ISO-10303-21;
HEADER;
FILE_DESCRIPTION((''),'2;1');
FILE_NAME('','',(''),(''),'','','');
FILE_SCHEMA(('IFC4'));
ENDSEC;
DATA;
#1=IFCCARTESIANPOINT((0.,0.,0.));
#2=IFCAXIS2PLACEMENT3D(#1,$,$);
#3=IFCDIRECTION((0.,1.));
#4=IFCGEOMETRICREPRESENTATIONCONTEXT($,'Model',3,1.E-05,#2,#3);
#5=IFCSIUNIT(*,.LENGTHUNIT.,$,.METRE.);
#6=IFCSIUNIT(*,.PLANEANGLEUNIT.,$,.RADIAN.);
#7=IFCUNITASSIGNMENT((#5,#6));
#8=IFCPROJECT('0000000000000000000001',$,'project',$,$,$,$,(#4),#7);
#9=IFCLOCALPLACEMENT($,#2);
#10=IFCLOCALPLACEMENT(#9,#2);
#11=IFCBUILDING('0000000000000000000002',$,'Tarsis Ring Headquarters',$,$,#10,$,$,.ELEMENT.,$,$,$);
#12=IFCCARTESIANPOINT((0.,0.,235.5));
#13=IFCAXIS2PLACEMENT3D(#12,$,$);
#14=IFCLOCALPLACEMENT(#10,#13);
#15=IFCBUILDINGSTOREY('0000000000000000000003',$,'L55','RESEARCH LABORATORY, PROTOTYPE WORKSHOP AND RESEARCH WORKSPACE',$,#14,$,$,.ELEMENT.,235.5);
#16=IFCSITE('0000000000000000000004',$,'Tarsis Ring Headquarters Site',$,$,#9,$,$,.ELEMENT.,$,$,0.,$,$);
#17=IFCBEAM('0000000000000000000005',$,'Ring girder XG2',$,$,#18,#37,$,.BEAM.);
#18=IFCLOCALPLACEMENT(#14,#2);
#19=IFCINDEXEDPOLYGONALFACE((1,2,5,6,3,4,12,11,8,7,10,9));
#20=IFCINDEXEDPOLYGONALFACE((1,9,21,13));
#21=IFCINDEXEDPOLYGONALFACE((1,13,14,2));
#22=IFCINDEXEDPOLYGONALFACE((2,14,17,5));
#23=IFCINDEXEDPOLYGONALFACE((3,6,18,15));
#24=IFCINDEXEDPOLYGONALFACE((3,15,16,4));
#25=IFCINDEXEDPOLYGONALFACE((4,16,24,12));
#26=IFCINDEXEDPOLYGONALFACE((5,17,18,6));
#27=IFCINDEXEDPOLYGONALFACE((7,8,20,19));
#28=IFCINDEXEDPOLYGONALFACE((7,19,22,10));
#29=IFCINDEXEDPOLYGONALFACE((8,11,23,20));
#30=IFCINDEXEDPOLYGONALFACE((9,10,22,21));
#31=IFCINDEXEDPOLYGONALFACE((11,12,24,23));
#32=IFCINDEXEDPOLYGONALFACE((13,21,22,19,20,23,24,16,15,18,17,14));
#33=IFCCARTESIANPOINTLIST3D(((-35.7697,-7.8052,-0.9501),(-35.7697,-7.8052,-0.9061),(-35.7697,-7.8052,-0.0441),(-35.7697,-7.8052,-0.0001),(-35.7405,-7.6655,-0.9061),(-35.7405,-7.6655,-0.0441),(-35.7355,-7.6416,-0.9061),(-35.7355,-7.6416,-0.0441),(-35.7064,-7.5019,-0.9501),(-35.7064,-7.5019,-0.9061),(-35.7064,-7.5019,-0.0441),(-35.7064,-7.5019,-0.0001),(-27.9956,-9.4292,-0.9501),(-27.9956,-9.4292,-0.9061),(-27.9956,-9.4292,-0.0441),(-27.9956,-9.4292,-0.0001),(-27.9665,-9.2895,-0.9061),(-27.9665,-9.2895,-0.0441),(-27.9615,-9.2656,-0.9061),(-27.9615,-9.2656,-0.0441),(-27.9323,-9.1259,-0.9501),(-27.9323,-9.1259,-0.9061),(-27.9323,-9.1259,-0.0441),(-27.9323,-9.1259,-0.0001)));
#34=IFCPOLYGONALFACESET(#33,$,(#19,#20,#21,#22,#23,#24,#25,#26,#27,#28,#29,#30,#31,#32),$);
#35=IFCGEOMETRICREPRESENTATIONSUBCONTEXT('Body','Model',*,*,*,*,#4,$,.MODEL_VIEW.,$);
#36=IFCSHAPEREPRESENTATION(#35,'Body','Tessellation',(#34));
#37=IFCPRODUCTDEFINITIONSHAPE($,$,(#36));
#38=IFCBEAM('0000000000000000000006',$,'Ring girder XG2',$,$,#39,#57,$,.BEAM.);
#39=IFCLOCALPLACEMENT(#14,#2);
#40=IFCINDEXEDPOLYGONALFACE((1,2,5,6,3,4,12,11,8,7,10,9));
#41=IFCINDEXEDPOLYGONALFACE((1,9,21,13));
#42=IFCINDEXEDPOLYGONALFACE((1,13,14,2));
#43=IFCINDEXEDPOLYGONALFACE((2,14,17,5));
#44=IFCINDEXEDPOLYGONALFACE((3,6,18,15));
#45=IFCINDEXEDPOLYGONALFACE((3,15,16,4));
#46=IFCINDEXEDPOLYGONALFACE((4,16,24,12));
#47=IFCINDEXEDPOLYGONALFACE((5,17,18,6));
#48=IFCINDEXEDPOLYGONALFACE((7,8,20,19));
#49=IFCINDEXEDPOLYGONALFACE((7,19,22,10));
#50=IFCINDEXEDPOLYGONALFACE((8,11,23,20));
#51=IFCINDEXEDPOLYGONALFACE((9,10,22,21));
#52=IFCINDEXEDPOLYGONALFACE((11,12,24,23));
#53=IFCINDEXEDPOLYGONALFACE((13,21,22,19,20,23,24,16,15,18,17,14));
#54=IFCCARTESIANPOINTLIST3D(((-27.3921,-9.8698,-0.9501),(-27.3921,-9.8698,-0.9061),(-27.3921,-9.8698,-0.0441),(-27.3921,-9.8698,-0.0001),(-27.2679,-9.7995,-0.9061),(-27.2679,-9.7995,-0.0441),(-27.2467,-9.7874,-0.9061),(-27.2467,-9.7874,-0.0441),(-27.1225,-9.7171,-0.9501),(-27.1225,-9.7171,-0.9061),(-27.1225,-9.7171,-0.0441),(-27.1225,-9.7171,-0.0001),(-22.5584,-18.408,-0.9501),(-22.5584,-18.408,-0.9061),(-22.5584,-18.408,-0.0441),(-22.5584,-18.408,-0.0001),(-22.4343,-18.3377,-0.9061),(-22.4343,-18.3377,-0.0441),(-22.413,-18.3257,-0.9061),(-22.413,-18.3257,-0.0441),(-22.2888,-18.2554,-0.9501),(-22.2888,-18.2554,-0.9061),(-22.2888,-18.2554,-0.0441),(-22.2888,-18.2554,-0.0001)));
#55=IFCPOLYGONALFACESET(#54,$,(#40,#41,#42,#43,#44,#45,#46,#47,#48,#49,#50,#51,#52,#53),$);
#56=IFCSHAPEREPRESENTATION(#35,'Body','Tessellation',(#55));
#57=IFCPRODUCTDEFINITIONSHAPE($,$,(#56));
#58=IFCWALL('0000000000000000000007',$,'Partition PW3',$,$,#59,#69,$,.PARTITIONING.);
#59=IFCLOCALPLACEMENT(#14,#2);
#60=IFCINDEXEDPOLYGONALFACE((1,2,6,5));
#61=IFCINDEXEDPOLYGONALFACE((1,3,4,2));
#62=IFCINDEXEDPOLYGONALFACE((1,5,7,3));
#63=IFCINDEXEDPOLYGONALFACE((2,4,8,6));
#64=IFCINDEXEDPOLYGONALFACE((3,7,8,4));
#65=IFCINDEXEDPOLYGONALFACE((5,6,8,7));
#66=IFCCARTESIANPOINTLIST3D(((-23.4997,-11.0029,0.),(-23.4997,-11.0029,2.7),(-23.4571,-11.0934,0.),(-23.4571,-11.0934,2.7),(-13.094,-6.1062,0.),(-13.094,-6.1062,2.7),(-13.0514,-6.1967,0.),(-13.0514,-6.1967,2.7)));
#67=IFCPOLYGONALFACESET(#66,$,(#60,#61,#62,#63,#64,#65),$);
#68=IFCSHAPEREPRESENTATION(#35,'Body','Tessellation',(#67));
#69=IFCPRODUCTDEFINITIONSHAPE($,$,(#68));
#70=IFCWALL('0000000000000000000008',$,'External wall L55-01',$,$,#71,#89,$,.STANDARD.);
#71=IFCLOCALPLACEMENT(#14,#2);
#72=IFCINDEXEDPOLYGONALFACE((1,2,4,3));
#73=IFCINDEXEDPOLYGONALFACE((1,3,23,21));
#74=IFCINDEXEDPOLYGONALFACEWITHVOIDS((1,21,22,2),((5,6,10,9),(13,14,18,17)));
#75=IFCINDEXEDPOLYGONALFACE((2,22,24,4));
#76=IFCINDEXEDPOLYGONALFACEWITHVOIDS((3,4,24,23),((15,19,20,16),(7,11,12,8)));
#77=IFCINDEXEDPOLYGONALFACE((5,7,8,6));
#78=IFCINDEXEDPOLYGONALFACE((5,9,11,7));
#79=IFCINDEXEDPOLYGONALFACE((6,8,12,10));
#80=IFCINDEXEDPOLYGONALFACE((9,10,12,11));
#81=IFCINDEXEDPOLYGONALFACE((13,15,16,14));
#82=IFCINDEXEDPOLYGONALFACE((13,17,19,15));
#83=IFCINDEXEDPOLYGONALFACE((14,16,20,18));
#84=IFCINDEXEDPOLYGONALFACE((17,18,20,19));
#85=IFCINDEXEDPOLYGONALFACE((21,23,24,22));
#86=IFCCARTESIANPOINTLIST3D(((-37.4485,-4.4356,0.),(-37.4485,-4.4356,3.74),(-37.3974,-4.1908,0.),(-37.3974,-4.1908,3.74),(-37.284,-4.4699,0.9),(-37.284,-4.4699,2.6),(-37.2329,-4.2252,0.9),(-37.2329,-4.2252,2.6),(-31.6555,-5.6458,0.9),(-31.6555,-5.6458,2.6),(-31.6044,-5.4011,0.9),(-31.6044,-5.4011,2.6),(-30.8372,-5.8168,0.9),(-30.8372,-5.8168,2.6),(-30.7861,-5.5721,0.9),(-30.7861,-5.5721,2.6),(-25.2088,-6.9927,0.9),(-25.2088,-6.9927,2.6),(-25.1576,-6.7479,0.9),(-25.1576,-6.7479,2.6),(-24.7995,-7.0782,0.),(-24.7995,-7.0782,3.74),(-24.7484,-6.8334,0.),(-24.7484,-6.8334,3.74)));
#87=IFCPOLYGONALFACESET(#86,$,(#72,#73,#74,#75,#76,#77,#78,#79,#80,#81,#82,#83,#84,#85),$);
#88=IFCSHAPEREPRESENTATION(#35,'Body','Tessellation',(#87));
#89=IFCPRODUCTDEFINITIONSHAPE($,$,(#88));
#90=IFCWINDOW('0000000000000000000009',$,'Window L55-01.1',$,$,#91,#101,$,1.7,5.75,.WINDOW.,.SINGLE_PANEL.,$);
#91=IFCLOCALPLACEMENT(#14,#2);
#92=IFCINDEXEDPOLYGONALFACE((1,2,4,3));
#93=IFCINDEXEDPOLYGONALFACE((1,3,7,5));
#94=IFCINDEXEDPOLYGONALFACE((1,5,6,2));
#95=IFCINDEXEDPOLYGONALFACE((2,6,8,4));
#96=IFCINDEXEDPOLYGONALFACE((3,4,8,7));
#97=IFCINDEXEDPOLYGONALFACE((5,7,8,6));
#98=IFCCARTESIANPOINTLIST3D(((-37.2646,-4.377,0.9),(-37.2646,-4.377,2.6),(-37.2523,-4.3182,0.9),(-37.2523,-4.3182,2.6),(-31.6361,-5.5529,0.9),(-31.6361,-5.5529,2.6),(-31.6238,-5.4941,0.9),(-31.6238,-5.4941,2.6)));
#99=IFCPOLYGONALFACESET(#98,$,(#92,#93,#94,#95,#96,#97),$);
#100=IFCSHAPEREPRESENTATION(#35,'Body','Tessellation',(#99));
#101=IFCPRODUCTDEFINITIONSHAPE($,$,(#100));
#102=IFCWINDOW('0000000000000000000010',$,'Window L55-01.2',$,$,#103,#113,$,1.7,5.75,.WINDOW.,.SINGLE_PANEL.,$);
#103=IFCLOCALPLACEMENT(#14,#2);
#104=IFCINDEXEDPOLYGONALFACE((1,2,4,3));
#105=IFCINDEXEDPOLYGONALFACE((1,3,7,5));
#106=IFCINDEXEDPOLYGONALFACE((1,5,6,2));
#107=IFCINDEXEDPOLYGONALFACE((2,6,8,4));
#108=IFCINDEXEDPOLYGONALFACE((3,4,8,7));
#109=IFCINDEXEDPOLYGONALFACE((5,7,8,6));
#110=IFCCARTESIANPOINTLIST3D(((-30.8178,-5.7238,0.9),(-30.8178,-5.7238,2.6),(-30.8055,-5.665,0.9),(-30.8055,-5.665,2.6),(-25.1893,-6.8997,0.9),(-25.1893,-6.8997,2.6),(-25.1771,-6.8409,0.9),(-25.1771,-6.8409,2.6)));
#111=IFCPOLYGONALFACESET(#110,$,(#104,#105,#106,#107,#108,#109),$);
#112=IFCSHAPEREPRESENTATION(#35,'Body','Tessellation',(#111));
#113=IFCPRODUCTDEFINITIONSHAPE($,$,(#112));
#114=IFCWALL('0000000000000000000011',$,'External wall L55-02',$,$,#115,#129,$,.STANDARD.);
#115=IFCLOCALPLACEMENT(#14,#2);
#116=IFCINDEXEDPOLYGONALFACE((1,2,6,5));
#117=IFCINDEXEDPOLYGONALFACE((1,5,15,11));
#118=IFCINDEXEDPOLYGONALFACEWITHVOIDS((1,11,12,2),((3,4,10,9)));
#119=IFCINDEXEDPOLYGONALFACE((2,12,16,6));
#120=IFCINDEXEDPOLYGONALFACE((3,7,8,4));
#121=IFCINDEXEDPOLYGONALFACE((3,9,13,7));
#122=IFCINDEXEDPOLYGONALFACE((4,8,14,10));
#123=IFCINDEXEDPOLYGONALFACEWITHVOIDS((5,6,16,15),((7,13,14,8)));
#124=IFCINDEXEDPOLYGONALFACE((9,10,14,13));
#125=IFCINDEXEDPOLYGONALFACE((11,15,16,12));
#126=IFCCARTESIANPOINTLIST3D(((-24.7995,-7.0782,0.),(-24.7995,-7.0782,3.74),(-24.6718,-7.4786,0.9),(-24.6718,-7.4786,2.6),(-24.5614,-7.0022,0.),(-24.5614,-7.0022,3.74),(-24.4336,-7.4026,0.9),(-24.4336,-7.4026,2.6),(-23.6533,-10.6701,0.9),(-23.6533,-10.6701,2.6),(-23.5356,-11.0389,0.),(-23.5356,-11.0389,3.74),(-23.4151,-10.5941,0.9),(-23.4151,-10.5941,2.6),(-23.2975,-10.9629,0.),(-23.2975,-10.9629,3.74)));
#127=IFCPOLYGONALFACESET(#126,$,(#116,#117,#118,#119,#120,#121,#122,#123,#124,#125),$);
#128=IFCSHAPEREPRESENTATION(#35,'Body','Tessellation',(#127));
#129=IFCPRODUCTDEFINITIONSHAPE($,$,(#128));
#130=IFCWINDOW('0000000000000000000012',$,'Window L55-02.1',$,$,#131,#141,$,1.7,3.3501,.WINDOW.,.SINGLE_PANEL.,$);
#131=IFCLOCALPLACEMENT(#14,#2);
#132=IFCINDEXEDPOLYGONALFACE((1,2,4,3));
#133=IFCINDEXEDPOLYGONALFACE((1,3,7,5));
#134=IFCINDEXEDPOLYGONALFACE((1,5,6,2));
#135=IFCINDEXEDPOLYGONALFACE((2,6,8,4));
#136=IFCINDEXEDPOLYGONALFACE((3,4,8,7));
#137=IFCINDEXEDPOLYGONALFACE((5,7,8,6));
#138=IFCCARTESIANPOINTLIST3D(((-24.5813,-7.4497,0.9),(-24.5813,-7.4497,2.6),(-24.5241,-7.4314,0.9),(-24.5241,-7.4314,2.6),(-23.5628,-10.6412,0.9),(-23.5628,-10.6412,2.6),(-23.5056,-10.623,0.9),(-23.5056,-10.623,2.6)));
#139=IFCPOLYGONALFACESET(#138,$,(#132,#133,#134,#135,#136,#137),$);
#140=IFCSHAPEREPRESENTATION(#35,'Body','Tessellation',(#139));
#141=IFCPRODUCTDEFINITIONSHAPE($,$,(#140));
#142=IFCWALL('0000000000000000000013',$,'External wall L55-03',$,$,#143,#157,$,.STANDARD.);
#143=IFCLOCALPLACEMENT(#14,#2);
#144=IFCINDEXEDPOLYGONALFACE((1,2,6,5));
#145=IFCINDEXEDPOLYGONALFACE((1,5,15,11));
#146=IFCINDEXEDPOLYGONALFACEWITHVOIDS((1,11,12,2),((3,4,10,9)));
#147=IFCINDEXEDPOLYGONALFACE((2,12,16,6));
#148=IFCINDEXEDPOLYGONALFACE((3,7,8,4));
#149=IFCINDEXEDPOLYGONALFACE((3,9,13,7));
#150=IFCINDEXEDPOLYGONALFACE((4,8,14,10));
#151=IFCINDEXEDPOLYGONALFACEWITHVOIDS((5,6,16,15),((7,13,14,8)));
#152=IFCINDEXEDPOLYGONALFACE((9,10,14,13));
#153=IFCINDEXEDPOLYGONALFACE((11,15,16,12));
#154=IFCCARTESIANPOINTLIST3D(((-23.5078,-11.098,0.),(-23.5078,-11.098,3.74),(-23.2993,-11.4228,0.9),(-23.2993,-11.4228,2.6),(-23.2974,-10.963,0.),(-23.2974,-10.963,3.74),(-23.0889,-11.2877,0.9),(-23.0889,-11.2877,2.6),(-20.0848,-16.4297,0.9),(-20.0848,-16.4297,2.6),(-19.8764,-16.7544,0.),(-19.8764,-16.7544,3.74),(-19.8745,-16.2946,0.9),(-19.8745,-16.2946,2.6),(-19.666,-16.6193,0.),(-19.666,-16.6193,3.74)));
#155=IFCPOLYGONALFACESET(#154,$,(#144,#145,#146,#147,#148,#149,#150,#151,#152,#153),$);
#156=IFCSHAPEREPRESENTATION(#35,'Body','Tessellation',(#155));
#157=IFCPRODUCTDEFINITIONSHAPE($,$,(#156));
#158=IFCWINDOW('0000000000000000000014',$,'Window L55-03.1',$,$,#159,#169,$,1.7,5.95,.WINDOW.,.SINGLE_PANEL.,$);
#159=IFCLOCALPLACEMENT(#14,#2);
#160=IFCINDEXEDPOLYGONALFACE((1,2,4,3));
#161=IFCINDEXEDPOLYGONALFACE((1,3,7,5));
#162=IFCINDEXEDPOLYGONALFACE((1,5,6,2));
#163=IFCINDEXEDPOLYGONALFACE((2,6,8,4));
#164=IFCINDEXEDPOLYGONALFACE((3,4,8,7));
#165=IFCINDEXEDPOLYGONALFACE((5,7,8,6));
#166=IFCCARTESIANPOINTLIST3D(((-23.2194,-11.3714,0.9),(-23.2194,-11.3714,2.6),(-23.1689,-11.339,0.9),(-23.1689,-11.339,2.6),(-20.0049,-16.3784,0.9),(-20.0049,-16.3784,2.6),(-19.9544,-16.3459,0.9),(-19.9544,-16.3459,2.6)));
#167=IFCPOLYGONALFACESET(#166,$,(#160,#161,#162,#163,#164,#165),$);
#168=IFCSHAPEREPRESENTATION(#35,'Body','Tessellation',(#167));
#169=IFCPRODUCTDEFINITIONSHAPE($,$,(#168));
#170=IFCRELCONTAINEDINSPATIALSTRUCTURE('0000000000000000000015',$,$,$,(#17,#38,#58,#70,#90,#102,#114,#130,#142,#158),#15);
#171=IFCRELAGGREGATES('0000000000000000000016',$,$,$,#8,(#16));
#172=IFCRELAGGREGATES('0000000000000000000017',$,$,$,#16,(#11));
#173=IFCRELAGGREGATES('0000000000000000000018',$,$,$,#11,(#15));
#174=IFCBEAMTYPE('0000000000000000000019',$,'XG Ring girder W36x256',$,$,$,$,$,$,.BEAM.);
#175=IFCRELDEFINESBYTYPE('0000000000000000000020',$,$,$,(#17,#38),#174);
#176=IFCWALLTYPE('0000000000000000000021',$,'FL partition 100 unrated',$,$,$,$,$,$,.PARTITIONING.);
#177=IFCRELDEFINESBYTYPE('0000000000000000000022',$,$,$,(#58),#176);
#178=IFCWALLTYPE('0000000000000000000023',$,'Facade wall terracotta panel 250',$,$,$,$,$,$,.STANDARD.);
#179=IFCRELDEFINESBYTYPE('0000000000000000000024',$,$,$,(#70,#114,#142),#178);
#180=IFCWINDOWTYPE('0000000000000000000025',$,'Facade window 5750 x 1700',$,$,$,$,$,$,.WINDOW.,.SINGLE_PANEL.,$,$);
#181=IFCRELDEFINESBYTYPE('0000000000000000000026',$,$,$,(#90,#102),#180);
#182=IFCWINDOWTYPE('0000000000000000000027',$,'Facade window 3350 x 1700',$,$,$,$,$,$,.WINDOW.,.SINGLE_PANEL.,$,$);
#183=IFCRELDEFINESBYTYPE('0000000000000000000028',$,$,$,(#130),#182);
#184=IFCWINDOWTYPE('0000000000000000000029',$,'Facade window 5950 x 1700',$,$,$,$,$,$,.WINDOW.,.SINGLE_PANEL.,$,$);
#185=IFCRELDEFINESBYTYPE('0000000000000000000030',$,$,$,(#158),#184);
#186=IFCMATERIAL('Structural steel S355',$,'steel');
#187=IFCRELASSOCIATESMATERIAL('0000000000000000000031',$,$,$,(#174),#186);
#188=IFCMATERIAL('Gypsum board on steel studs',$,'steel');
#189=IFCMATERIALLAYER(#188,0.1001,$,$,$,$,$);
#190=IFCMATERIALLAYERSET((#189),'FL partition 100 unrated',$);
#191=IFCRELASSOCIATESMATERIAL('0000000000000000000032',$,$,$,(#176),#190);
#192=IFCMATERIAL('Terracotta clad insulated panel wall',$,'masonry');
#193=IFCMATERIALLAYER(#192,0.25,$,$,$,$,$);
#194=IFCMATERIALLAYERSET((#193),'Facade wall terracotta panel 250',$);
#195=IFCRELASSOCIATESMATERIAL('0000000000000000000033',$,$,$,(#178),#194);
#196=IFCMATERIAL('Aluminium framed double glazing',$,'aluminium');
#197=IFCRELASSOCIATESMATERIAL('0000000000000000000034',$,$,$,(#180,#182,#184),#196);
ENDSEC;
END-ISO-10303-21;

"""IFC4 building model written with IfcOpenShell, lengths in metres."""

from ifc_helpers import new_model, si_unit, direction, frame, frame_2d, origin, origin_2d, place, context, subcontext, project, spatial, rectangle, i_section, extrude, material, layer, layer_set, material_profile, profile_set, type_object, element, fill, save


model = new_model("IFC4")

# Units and contexts
model_context = context("Model", 3, precision=1e-05, world=origin(), true_north=direction((0.0, 1.0)))
body_context = subcontext(model_context, "Body", "Model", "MODEL_VIEW")
ifc_project = project(units=[si_unit("LENGTHUNIT", "METRE"), si_unit("PLANEANGLEUNIT", "RADIAN")], contexts=[model_context])

# Site, building, storey
site_placement = place(None, origin())
site = spatial("IfcSite", under=ifc_project, at=site_placement, Name="Tarsis Ring Headquarters Site", CompositionType="ELEMENT", RefElevation=0.0)
building_placement = place(site_placement, origin())
building = spatial("IfcBuilding", under=site, at=building_placement, Name="Tarsis Ring Headquarters", CompositionType="ELEMENT")
storey_placement = place(building_placement, frame((0.0, 0.0, 235.5)))
storey = spatial("IfcBuildingStorey", under=building, at=storey_placement, Name="L55", Description="RESEARCH LABORATORY, PROTOTYPE WORKSHOP AND RESEARCH WORKSPACE", CompositionType="ELEMENT", Elevation=235.5)

# Shared definitions
ifc_material_1 = material(Name="Structural steel S355", Category="steel")

# Beams
ifc_material_profile_1 = material_profile(ifc_material_1, i_section(OverallWidth=0.3098, OverallDepth=0.95, WebThickness=0.0244, FlangeThickness=0.0439, at=origin_2d()), Name="W36x256")
ifc_profile_set_1 = profile_set([ifc_material_profile_1], Name="Structural steel S355")
beam_type = type_object("IfcBeamType", Name="XG Ring girder W36x256", PredefinedType="BEAM", material=ifc_profile_set_1)
for number, where, z_axis, x_axis, name in (
    (1, (-35.738, -7.6536, -0.4751), (0.97887, -0.204486, 0.0), (0.204486, 0.97887, 0.0), "Ring girder XG2"),
):
    element("IfcBeam", number, at=place(storey_placement, frame(where, z_axis=z_axis, x_axis=x_axis)), inside=storey, type_object=beam_type, Name=name, PredefinedType="BEAM", context=body_context, shape_type="SweptSolid", body=[
        extrude(i_section(OverallWidth=0.3098, OverallDepth=0.95, WebThickness=0.0244, FlangeThickness=0.0439, at=origin_2d()), origin(), (0.0, 0.0, 1.0), 7.9419),
    ])
beam_placement = place(storey_placement, frame((-27.2573, -9.7935, -0.4751), z_axis=(0.492654, -0.870225, 0.0), x_axis=(0.870225, 0.492654, 0.0)))
element("IfcBeam", 2, at=beam_placement, inside=storey, type_object=beam_type, Name="Ring girder XG2", PredefinedType="BEAM", context=body_context, shape_type="SweptSolid", body=[
    extrude(i_section(OverallWidth=0.3098, OverallDepth=0.95, WebThickness=0.0244, FlangeThickness=0.0439, at=origin_2d()), origin(), (0.0, 0.0, 1.0), 9.8115),
])

# Wall
ifc_material_2 = material(Name="Gypsum board on steel studs", Category="steel")
ifc_layer_1 = layer(ifc_material_2, 0.1001)
ifc_layer_set_1 = layer_set([ifc_layer_1], Name="FL partition 100 unrated")
wall_type_1 = type_object("IfcWallType", Name="FL partition 100 unrated", PredefinedType="PARTITIONING", material=ifc_layer_set_1)
wall_1_placement = place(storey_placement, frame((-23.4783, -11.0481, 0.0), z_axis=(0.0, 0.0, 1.0), x_axis=(0.904822, 0.42579, 0.0)))
element("IfcWall", 3, at=wall_1_placement, inside=storey, type_object=wall_type_1, Name="Partition PW3", PredefinedType="PARTITIONING", context=body_context, shape_type="SweptSolid", body=[
    extrude(rectangle(XDim=11.5002, YDim=0.1001, at=frame_2d((5.75, 0.0))), origin(), (0.0, 0.0, 1.0), 2.7),
])

# Wall, openings, windows
ifc_material_3 = material(Name="Terracotta clad insulated panel wall", Category="masonry")
ifc_layer_2 = layer(ifc_material_3, 0.25)
ifc_layer_set_2 = layer_set([ifc_layer_2], Name="Facade wall terracotta panel 250")
wall_type_2 = type_object("IfcWallType", Name="Facade wall terracotta panel 250", PredefinedType="STANDARD", material=ifc_layer_set_2)
wall_2_placement = place(storey_placement, frame((-37.4229, -4.3132, 0.0), z_axis=(0.0, 0.0, 1.0), x_axis=(0.978866, -0.204502, 0.0)))
wall_2 = element("IfcWall", 4, at=wall_2_placement, inside=storey, type_object=wall_type_2, Name="External wall L55-01", PredefinedType="STANDARD", context=body_context, shape_type="SweptSolid", body=[
    extrude(rectangle(XDim=12.9221, YDim=0.25, at=frame_2d((6.4609, 0.0))), origin(), (0.0, 0.0, 1.0), 3.74),
])
opening_1_placement = place(wall_2_placement, frame((0.168, 0.0, 0.8999)))
opening_1 = element("IfcOpeningElement", 5, at=opening_1_placement, cuts=wall_2, PredefinedType="OPENING", context=body_context, shape_type="SweptSolid", body=[
    extrude(rectangle(XDim=5.75, YDim=1.7, at=frame_2d((2.875, 0.8501))), frame((0.0, 0.135, 0.0), z_axis=(0.0, -1.0, 0.0), x_axis=(1.0, 0.0, 0.0)), (0.0, 0.0, 1.0), 0.27),
])
opening_2_placement = place(wall_2_placement, frame((6.7539, 0.0, 0.8999)))
opening_2 = element("IfcOpeningElement", 6, at=opening_2_placement, cuts=wall_2, PredefinedType="OPENING", context=body_context, shape_type="SweptSolid", body=[
    extrude(rectangle(XDim=5.75, YDim=1.7, at=frame_2d((2.875, 0.8501))), frame((0.0, 0.135, 0.0), z_axis=(0.0, -1.0, 0.0), x_axis=(1.0, 0.0, 0.0)), (0.0, 0.0, 1.0), 0.27),
])
ifc_material_4 = material(Name="Aluminium framed double glazing", Category="aluminium")
window_type_1 = type_object("IfcWindowType", Name="Facade window 5750 x 1700", PartitioningType="SINGLE_PANEL", PredefinedType="WINDOW", material=ifc_material_4)
window_1_placement = place(opening_1_placement, origin())
window_1 = element("IfcWindow", 7, at=window_1_placement, inside=storey, type_object=window_type_1, Name="Window L55-01.1", OverallHeight=1.7, OverallWidth=5.75, PartitioningType="SINGLE_PANEL", PredefinedType="WINDOW", context=body_context, shape_type="SweptSolid", body=[
    extrude(rectangle(XDim=5.75, YDim=1.7, at=frame_2d((2.875, 0.8501))), frame((0.0, 0.03, 0.0), z_axis=(0.0, -1.0, 0.0), x_axis=(1.0, 0.0, 0.0)), (0.0, 0.0, 1.0), 0.0601),
])
fill(opening_1, window_1)
window_2_placement = place(opening_2_placement, origin())
window_2 = element("IfcWindow", 8, at=window_2_placement, inside=storey, type_object=window_type_1, Name="Window L55-01.2", OverallHeight=1.7, OverallWidth=5.75, PartitioningType="SINGLE_PANEL", PredefinedType="WINDOW", context=body_context, shape_type="SweptSolid", body=[
    extrude(rectangle(XDim=5.75, YDim=1.7, at=frame_2d((2.875, 0.8501))), frame((0.0, 0.03, 0.0), z_axis=(0.0, -1.0, 0.0), x_axis=(1.0, 0.0, 0.0)), (0.0, 0.0, 1.0), 0.0601),
])
fill(opening_2, window_2)

# Walls, openings, windows
wall_3_placement = place(storey_placement, frame((-24.6804, -7.0403, 0.0), z_axis=(0.0, 0.0, 1.0), x_axis=(0.304011, -0.952669, 0.0)))
wall_3 = element("IfcWall", 9, at=wall_3_placement, inside=storey, type_object=wall_type_2, Name="External wall L55-02", PredefinedType="STANDARD", context=body_context, shape_type="SweptSolid", body=[
    extrude(rectangle(XDim=4.1575, YDim=0.25, at=frame_2d((2.0786, 0.0))), origin(), (0.0, 0.0, 1.0), 3.74),
])
opening_3_placement = place(wall_3_placement, frame((0.4202, 0.0, 0.8999)))
opening_3 = element("IfcOpeningElement", 10, at=opening_3_placement, cuts=wall_3, PredefinedType="OPENING", context=body_context, shape_type="SweptSolid", body=[
    extrude(rectangle(XDim=3.3501, YDim=1.7, at=frame_2d((1.675, 0.8501))), frame((0.0, 0.135, 0.0), z_axis=(0.0, -1.0, 0.0), x_axis=(1.0, 0.0, 0.0)), (0.0, 0.0, 1.0), 0.27),
])
window_type_2 = type_object("IfcWindowType", Name="Facade window 3350 x 1700", PartitioningType="SINGLE_PANEL", PredefinedType="WINDOW", material=ifc_material_4)
window_3_placement = place(opening_3_placement, origin())
window_3 = element("IfcWindow", 11, at=window_3_placement, inside=storey, type_object=window_type_2, Name="Window L55-02.1", OverallHeight=1.7, OverallWidth=3.3501, PartitioningType="SINGLE_PANEL", PredefinedType="WINDOW", context=body_context, shape_type="SweptSolid", body=[
    extrude(rectangle(XDim=3.3501, YDim=1.7, at=frame_2d((1.675, 0.8501))), frame((0.0, 0.03, 0.0), z_axis=(0.0, -1.0, 0.0), x_axis=(1.0, 0.0, 0.0)), (0.0, 0.0, 1.0), 0.0601),
])
fill(opening_3, window_3)
wall_4_placement = place(storey_placement, frame((-23.4026, -11.0305, 0.0), z_axis=(0.0, 0.0, 1.0), x_axis=(0.540251, -0.841504, 0.0)))
wall_4 = element("IfcWall", 12, at=wall_4_placement, inside=storey, type_object=wall_type_2, Name="External wall L55-03", PredefinedType="STANDARD", context=body_context, shape_type="SweptSolid", body=[
    extrude(rectangle(XDim=6.7217, YDim=0.25, at=frame_2d((3.3608, 0.0))), origin(), (0.0, 0.0, 1.0), 3.74),
])
opening_4_placement = place(wall_4_placement, frame((0.3857, 0.0, 0.8999)))
opening_4 = element("IfcOpeningElement", 13, at=opening_4_placement, cuts=wall_4, PredefinedType="OPENING", context=body_context, shape_type="SweptSolid", body=[
    extrude(rectangle(XDim=5.95, YDim=1.7, at=frame_2d((2.9751, 0.8501))), frame((0.0, 0.135, 0.0), z_axis=(0.0, -1.0, 0.0), x_axis=(1.0, 0.0, 0.0)), (0.0, 0.0, 1.0), 0.27),
])
window_type_3 = type_object("IfcWindowType", Name="Facade window 5950 x 1700", PartitioningType="SINGLE_PANEL", PredefinedType="WINDOW", material=ifc_material_4)
window_4_placement = place(opening_4_placement, origin())
window_4 = element("IfcWindow", 14, at=window_4_placement, inside=storey, type_object=window_type_3, Name="Window L55-03.1", OverallHeight=1.7, OverallWidth=5.95, PartitioningType="SINGLE_PANEL", PredefinedType="WINDOW", context=body_context, shape_type="SweptSolid", body=[
    extrude(rectangle(XDim=5.95, YDim=1.7, at=frame_2d((2.9751, 0.8501))), frame((0.0, 0.03, 0.0), z_axis=(0.0, -1.0, 0.0), x_axis=(1.0, 0.0, 0.0)), (0.0, 0.0, 1.0), 0.0601),
])
fill(opening_4, window_4)

save(model, "model.ifc")
